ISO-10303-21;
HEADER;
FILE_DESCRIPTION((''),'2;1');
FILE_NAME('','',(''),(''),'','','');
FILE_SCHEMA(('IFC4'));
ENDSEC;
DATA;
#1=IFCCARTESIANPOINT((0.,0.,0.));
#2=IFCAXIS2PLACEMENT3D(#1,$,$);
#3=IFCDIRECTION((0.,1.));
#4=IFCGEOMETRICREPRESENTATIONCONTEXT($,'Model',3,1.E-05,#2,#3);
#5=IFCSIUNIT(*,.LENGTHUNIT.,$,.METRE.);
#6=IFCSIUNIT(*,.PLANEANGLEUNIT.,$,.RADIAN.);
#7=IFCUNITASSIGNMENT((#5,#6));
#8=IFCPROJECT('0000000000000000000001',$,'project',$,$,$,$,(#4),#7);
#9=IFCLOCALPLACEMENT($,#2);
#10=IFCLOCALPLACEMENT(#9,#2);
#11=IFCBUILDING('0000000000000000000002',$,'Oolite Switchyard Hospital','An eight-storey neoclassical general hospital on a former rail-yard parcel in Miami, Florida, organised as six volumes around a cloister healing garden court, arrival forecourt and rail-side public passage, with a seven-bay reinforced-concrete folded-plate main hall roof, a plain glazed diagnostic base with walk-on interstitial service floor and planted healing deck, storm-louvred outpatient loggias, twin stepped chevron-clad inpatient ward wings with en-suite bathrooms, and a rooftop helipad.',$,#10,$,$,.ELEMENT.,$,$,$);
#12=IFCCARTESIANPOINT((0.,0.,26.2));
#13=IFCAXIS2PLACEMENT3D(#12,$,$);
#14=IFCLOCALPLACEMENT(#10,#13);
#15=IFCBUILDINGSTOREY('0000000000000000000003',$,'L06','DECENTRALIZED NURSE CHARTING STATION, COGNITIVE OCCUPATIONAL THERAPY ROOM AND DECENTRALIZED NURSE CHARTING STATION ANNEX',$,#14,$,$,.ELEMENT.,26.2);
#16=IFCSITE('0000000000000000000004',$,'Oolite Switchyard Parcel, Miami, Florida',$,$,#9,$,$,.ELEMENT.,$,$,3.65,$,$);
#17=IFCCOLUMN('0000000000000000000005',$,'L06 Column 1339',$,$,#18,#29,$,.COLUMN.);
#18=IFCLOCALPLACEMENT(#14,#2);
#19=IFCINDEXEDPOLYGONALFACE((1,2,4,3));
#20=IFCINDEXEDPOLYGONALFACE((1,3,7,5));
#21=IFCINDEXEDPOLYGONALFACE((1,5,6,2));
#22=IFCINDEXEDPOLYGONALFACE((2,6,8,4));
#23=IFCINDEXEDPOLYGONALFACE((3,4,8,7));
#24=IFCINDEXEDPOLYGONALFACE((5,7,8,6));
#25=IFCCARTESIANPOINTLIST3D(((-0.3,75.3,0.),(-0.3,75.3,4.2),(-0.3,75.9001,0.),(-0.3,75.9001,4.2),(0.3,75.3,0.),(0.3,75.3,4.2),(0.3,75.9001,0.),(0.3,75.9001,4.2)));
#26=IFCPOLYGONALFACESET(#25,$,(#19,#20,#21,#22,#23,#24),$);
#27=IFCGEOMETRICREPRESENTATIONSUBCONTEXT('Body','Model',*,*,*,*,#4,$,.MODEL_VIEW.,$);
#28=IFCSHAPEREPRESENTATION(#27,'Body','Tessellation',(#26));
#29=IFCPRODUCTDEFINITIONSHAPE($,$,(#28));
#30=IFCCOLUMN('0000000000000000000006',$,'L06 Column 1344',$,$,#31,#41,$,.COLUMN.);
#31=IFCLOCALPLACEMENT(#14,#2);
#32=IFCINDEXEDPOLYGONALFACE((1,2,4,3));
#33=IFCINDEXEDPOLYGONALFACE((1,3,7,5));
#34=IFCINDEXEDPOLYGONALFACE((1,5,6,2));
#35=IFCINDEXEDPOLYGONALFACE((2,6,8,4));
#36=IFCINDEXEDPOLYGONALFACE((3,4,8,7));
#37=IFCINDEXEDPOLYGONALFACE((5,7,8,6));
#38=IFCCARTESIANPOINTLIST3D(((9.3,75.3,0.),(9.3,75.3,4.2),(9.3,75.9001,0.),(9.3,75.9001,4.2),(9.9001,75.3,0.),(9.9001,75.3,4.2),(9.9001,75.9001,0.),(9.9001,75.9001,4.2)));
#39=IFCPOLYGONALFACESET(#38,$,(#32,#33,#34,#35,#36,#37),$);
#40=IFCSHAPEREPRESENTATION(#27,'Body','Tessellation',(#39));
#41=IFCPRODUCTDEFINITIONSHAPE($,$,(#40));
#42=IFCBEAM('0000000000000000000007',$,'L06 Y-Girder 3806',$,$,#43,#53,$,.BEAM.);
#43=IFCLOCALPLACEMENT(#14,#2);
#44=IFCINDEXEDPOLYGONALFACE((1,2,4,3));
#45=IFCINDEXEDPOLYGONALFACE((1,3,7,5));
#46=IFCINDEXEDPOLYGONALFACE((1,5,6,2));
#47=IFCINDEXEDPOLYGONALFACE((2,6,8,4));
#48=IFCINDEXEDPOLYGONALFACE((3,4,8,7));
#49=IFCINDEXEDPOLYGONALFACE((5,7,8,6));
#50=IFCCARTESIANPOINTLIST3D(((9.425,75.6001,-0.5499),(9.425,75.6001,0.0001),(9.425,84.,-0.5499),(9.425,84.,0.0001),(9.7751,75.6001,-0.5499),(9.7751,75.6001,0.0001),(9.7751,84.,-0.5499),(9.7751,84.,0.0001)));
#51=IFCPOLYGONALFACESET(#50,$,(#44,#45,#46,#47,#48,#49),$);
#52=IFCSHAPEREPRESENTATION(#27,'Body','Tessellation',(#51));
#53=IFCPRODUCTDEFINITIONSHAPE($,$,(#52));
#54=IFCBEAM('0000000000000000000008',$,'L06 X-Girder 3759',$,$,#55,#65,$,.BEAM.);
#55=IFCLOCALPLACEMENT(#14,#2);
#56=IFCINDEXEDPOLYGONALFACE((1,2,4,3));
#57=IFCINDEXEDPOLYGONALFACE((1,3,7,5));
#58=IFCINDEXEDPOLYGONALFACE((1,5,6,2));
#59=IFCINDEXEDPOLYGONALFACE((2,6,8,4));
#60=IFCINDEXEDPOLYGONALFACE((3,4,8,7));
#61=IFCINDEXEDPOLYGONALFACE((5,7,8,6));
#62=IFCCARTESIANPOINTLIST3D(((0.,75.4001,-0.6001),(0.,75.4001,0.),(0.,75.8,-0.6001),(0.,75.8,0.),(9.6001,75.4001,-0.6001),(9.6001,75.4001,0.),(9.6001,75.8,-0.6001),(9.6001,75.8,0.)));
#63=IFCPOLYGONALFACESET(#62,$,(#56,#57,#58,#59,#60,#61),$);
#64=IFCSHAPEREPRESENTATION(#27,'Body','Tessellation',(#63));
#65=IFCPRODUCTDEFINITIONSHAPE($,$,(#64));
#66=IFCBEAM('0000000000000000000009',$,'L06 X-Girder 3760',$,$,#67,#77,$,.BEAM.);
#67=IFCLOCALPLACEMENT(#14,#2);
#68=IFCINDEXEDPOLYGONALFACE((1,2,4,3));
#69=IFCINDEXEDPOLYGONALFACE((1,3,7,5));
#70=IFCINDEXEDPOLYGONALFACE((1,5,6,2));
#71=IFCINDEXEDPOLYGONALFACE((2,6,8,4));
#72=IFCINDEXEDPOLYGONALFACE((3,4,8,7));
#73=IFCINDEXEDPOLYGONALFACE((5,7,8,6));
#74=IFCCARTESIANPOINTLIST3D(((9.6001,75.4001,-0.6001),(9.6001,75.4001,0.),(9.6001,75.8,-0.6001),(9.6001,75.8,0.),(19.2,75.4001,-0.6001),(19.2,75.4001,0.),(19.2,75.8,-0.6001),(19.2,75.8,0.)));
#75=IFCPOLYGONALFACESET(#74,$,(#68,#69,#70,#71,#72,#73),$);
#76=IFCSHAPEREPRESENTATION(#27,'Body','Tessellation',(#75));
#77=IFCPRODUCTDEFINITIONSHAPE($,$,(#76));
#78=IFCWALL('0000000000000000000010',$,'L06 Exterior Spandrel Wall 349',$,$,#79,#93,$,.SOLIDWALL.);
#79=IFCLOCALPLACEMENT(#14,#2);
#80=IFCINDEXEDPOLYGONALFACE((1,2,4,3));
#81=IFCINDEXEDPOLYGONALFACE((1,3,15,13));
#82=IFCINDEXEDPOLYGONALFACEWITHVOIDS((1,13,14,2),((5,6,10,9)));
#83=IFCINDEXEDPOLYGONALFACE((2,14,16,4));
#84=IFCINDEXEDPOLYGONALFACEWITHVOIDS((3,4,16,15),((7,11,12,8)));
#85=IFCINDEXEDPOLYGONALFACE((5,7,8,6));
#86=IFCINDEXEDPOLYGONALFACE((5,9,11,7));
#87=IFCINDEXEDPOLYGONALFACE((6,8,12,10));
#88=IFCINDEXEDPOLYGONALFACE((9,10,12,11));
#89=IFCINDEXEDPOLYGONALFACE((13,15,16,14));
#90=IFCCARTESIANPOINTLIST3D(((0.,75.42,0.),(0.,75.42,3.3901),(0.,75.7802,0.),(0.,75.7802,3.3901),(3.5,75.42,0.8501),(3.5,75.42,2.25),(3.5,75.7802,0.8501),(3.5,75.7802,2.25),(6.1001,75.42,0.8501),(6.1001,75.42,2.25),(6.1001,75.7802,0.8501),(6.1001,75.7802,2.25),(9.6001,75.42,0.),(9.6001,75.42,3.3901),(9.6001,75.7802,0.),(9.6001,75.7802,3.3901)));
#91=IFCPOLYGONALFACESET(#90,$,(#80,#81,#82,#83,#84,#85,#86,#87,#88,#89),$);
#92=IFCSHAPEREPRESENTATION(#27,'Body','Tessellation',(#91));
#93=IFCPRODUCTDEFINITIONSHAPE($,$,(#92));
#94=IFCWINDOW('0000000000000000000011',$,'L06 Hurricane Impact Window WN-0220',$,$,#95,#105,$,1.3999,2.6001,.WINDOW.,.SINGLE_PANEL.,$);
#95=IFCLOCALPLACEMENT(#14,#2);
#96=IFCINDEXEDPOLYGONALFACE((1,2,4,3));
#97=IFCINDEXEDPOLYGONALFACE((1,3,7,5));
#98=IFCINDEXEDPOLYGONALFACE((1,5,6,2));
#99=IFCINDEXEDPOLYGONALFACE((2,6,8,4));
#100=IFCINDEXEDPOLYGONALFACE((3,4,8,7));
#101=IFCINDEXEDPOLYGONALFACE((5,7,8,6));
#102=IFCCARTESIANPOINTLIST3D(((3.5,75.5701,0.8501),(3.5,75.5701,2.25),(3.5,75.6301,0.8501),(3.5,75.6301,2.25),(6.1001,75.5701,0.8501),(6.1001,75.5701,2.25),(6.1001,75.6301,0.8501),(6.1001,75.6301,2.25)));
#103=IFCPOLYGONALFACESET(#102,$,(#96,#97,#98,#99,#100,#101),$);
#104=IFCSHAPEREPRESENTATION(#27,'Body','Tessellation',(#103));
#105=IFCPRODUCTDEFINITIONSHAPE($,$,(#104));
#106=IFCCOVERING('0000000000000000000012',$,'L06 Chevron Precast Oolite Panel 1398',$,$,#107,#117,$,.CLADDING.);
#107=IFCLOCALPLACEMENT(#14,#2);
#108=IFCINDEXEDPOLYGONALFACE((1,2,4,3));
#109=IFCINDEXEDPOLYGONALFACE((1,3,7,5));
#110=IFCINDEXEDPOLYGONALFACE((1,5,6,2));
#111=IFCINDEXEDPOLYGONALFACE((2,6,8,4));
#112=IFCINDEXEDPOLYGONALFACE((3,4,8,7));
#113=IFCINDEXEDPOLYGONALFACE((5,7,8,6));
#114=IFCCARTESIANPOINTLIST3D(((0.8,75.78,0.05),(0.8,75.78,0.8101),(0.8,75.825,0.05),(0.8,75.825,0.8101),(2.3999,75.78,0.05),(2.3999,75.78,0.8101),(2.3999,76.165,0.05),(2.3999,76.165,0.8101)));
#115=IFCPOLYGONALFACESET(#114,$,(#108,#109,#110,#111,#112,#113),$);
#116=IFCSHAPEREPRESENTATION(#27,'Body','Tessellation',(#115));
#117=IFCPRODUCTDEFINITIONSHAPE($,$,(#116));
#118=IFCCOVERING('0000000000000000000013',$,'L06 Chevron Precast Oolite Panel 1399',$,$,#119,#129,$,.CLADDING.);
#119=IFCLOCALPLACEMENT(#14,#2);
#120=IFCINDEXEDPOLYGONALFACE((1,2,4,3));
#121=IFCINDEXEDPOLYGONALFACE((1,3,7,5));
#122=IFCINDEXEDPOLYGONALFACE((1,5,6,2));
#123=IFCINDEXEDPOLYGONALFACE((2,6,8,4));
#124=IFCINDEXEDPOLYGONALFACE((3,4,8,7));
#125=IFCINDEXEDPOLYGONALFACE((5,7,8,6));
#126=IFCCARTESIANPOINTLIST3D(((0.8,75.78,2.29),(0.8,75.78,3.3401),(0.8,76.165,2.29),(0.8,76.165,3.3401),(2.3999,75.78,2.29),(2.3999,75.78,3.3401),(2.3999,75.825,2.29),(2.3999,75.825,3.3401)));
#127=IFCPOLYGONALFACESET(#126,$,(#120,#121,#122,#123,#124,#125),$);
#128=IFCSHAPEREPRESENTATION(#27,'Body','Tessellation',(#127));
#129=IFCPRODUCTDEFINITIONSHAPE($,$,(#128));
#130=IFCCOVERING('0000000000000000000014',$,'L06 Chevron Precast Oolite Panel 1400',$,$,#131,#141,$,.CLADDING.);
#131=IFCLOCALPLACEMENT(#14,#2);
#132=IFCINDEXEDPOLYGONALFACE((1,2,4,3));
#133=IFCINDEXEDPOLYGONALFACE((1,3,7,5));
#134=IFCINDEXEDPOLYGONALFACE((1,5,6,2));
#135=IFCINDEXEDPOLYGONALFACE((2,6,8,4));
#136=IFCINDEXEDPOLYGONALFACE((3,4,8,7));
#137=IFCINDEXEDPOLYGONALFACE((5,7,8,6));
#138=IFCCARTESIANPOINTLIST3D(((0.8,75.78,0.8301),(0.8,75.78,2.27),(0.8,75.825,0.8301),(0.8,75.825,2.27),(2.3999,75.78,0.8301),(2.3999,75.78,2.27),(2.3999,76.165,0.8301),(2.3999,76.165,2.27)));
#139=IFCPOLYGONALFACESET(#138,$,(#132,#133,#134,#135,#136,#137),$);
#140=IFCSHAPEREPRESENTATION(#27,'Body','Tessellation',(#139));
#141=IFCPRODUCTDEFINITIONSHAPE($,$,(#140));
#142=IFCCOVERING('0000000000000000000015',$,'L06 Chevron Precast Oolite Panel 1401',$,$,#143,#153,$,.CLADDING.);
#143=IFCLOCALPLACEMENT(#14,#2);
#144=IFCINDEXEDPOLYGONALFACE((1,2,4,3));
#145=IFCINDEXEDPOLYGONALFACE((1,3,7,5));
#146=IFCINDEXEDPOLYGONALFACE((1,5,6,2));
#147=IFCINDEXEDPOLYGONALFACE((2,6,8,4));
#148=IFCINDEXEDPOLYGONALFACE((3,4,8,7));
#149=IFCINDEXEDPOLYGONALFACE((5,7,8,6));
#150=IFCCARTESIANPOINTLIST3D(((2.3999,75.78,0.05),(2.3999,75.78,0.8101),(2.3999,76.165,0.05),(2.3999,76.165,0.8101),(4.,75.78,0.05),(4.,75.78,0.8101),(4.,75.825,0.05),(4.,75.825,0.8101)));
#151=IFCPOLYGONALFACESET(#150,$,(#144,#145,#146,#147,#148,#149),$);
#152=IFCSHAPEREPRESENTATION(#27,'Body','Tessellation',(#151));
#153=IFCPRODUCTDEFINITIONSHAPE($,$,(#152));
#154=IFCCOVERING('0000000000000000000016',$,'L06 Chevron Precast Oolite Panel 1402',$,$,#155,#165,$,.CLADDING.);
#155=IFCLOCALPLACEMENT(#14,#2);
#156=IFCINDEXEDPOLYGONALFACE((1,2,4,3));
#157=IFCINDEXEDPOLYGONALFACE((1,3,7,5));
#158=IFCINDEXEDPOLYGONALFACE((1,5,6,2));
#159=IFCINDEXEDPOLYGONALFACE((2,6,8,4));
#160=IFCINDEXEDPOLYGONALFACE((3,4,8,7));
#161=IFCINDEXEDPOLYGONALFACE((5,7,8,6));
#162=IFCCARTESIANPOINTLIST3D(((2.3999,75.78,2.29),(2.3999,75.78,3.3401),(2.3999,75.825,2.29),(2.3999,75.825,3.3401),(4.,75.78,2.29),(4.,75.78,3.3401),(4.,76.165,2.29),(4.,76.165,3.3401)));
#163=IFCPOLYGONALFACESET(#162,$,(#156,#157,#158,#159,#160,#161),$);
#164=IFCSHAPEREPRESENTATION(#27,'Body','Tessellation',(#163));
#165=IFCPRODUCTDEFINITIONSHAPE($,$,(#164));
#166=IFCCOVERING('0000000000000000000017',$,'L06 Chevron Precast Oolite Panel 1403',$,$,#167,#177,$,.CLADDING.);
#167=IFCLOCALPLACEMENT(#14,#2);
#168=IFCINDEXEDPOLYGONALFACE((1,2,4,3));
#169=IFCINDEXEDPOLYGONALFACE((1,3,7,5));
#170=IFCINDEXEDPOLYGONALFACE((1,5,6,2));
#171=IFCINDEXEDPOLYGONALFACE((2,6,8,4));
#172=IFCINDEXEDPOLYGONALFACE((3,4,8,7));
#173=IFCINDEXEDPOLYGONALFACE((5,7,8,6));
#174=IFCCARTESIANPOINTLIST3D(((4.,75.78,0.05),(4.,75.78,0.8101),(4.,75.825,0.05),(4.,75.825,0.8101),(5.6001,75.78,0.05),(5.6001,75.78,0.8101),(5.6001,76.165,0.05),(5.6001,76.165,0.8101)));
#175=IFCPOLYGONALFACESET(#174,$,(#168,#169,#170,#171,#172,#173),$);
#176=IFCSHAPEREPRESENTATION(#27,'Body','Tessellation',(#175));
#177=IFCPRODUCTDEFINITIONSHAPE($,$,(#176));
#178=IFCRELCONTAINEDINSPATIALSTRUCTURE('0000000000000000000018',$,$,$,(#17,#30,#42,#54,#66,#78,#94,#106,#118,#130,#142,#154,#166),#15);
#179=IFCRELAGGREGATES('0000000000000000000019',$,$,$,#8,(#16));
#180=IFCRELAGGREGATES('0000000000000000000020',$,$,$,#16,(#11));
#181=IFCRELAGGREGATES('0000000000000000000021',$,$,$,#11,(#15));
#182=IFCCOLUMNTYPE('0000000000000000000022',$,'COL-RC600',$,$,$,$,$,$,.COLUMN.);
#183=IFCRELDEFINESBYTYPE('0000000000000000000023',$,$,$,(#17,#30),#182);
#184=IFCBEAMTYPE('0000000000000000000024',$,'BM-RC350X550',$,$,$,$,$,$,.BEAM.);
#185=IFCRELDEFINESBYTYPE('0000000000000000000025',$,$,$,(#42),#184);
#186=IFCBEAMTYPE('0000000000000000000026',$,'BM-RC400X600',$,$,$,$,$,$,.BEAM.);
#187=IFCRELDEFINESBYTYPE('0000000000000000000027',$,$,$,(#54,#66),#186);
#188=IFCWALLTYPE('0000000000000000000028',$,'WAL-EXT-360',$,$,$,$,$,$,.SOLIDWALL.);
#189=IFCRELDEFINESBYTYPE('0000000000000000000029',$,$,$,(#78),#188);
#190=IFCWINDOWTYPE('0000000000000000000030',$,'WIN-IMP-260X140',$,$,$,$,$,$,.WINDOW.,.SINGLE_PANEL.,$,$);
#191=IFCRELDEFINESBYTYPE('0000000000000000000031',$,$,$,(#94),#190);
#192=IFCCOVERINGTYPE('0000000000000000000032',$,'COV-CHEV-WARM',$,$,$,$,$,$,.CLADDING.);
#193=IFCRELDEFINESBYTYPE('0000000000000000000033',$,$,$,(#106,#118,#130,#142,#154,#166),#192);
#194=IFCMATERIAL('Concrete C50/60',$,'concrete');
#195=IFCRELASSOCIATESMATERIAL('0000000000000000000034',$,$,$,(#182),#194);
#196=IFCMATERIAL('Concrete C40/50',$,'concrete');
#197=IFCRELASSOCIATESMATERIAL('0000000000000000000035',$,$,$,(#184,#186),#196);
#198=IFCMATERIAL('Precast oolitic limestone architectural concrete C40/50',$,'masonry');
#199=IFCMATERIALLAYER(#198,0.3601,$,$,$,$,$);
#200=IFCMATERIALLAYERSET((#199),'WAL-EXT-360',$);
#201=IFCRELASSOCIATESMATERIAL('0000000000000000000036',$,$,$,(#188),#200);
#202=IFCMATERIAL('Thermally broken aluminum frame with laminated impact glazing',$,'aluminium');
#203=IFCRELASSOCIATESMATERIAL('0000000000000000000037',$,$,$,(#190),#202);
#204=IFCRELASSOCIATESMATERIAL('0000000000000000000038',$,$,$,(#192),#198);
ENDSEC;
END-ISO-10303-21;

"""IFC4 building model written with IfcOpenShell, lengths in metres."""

from ifc_helpers import new_model, si_unit, direction, frame, frame_2d, origin, origin_2d, place, context, subcontext, project, spatial, polyline, rectangle, outline, extrude, material, layer, layer_set, material_profile, profile_set, type_object, element, fill, save


model = new_model("IFC4")

# Units and contexts
model_context = context("Model", 3, precision=1e-05, world=origin(), true_north=direction((0.0, 1.0)))
body_context = subcontext(model_context, "Body", "Model", "MODEL_VIEW")
ifc_project = project(units=[si_unit("LENGTHUNIT", "METRE"), si_unit("PLANEANGLEUNIT", "RADIAN")], contexts=[model_context])

# Site, building, storey
site_placement = place(None, origin())
site = spatial("IfcSite", under=ifc_project, at=site_placement, Name="Oolite Switchyard Parcel, Miami, Florida", CompositionType="ELEMENT", RefElevation=3.65)
building_placement = place(site_placement, origin())
building = spatial("IfcBuilding", under=site, at=building_placement, Name="Oolite Switchyard Hospital", Description="An eight-storey neoclassical general hospital on a former rail-yard parcel in Miami, Florida, organised as six volumes around a cloister healing garden court, arrival forecourt and rail-side public passage, with a seven-bay reinforced-concrete folded-plate main hall roof, a plain glazed diagnostic base with walk-on interstitial service floor and planted healing deck, storm-louvred outpatient loggias, twin stepped chevron-clad inpatient ward wings with en-suite bathrooms, and a rooftop helipad.", CompositionType="ELEMENT")
storey_placement = place(building_placement, frame((0.0, 0.0, 26.2)))
storey = spatial("IfcBuildingStorey", under=building, at=storey_placement, Name="L06", Description="DECENTRALIZED NURSE CHARTING STATION, COGNITIVE OCCUPATIONAL THERAPY ROOM AND DECENTRALIZED NURSE CHARTING STATION ANNEX", CompositionType="ELEMENT", Elevation=26.2)

# Columns
ifc_material_1 = material(Name="Concrete C50/60", Category="concrete")
ifc_material_profile_1 = material_profile(ifc_material_1, rectangle(XDim=0.6001, YDim=0.6001, at=origin_2d()), Name="RC600X600")
ifc_profile_set_1 = profile_set([ifc_material_profile_1], Name="Concrete C50/60")
column_type = type_object("IfcColumnType", Name="COL-RC600", PredefinedType="COLUMN", material=ifc_profile_set_1)
for number, where, z_axis, x_axis, name in (
    (1, (0.0, 75.6001, 0.0), (0.0, 0.0, 1.0), (1.0, 0.0, 0.0), "L06 Column 1339"),
    (2, (9.6001, 75.6001, 0.0), (0.0, 0.0, 1.0), (1.0, 0.0, 0.0), "L06 Column 1344"),
):
    element("IfcColumn", number, at=place(storey_placement, frame(where, z_axis=z_axis, x_axis=x_axis)), inside=storey, type_object=column_type, Name=name, PredefinedType="COLUMN", context=body_context, shape_type="SweptSolid", body=[
        extrude(rectangle(XDim=0.6001, YDim=0.6001, at=origin_2d()), origin(), (0.0, 0.0, 1.0), 4.2),
    ])

# Beams
ifc_material_2 = material(Name="Concrete C40/50", Category="concrete")
ifc_material_profile_2 = material_profile(ifc_material_2, rectangle(XDim=0.3501, YDim=0.55, at=origin_2d()), Name="RCB350X550")
ifc_profile_set_2 = profile_set([ifc_material_profile_2], Name="Concrete C40/50")
beam_type_1 = type_object("IfcBeamType", Name="BM-RC350X550", PredefinedType="BEAM", material=ifc_profile_set_2)
beam_1_placement = place(storey_placement, frame((9.6001, 75.6001, -0.2749), z_axis=(0.0, 1.0, 0.0), x_axis=(-1.0, 0.0, 0.0)))
element("IfcBeam", 3, at=beam_1_placement, inside=storey, type_object=beam_type_1, Name="L06 Y-Girder 3806", PredefinedType="BEAM", context=body_context, shape_type="SweptSolid", body=[
    extrude(rectangle(XDim=0.3501, YDim=0.55, at=origin_2d()), origin(), (0.0, 0.0, 1.0), 8.3999),
])
ifc_material_profile_3 = material_profile(ifc_material_2, rectangle(XDim=0.3999, YDim=0.6001, at=origin_2d()), Name="RCB400X600")
ifc_profile_set_3 = profile_set([ifc_material_profile_3], Name="Concrete C40/50")
beam_type_2 = type_object("IfcBeamType", Name="BM-RC400X600", PredefinedType="BEAM", material=ifc_profile_set_3)
beam_2_placement = place(storey_placement, frame((0.0, 75.6001, -0.3), z_axis=(1.0, 0.0, 0.0), x_axis=(0.0, 1.0, 0.0)))
element("IfcBeam", 4, at=beam_2_placement, inside=storey, type_object=beam_type_2, Name="L06 X-Girder 3759", PredefinedType="BEAM", context=body_context, shape_type="SweptSolid", body=[
    extrude(rectangle(XDim=0.3999, YDim=0.6001, at=origin_2d()), origin(), (0.0, 0.0, 1.0), 9.6001),
])
beam_3_placement = place(storey_placement, frame((9.6001, 75.6001, -0.3), z_axis=(1.0, 0.0, 0.0), x_axis=(0.0, 1.0, 0.0)))
element("IfcBeam", 5, at=beam_3_placement, inside=storey, type_object=beam_type_2, Name="L06 X-Girder 3760", PredefinedType="BEAM", context=body_context, shape_type="SweptSolid", body=[
    extrude(rectangle(XDim=0.3999, YDim=0.6001, at=origin_2d()), origin(), (0.0, 0.0, 1.0), 9.5999),
])

# Wall, opening, window
ifc_material_3 = material(Name="Precast oolitic limestone architectural concrete C40/50", Category="masonry")
ifc_layer = layer(ifc_material_3, 0.3601)
ifc_layer_set = layer_set([ifc_layer], Name="WAL-EXT-360")
wall_type = type_object("IfcWallType", Name="WAL-EXT-360", PredefinedType="SOLIDWALL", material=ifc_layer_set)
wall_placement = place(storey_placement, frame((0.0, 75.6001, 0.0), z_axis=(0.0, 0.0, 1.0), x_axis=(1.0, 0.0, 0.0)))
wall = element("IfcWall", 6, at=wall_placement, inside=storey, type_object=wall_type, Name="L06 Exterior Spandrel Wall 349", PredefinedType="SOLIDWALL", context=body_context, shape_type="SweptSolid", body=[
    extrude(rectangle(XDim=9.6001, YDim=0.3601, at=frame_2d((4.8, 0.0))), origin(), (0.0, 0.0, 1.0), 3.3901),
])
opening_placement = place(wall_placement, frame((3.5, 0.0, 0.8501)))
opening = element("IfcOpeningElement", 7, at=opening_placement, cuts=wall, PredefinedType="OPENING", context=body_context, shape_type="SweptSolid", body=[
    extrude(rectangle(XDim=2.6001, YDim=1.3999, at=frame_2d((1.3, 0.7))), frame((0.0, 0.1899, 0.0), z_axis=(0.0, -1.0, 0.0), x_axis=(1.0, 0.0, 0.0)), (0.0, 0.0, 1.0), 0.3801),
])
ifc_material_4 = material(Name="Thermally broken aluminum frame with laminated impact glazing", Category="aluminium")
window_type = type_object("IfcWindowType", Name="WIN-IMP-260X140", PartitioningType="SINGLE_PANEL", PredefinedType="WINDOW", material=ifc_material_4)
window_placement = place(opening_placement, origin())
window = element("IfcWindow", 8, at=window_placement, inside=storey, type_object=window_type, Name="L06 Hurricane Impact Window WN-0220", OverallHeight=1.3999, OverallWidth=2.6001, PartitioningType="SINGLE_PANEL", PredefinedType="WINDOW", context=body_context, shape_type="SweptSolid", body=[
    extrude(rectangle(XDim=2.6001, YDim=1.3999, at=frame_2d((1.3, 0.7))), frame((0.0, 0.03, 0.0), z_axis=(0.0, -1.0, 0.0), x_axis=(1.0, 0.0, 0.0)), (0.0, 0.0, 1.0), 0.0601),
])
fill(opening, window)

# Coverings
covering_type = type_object("IfcCoveringType", Name="COV-CHEV-WARM", PredefinedType="CLADDING", material=ifc_material_3)
covering_1_placement = place(storey_placement, frame((0.8, 75.78, 0.05), z_axis=(0.0, 0.0, 1.0), x_axis=(1.0, 0.0, 0.0)))
element("IfcCovering", 9, at=covering_1_placement, inside=storey, type_object=covering_type, Name="L06 Chevron Precast Oolite Panel 1398", PredefinedType="CLADDING", context=body_context, shape_type="SweptSolid", body=[
    extrude(outline(polyline([(0.0, 0.0), (1.5999, 0.0), (1.5999, 0.385), (0.0, 0.0449), (0.0, 0.0)])), origin(), (0.0, 0.0, 1.0), 0.76),
])
covering_2_placement = place(storey_placement, frame((0.8, 75.78, 2.29), z_axis=(0.0, 0.0, 1.0), x_axis=(1.0, 0.0, 0.0)))
element("IfcCovering", 10, at=covering_2_placement, inside=storey, type_object=covering_type, Name="L06 Chevron Precast Oolite Panel 1399", PredefinedType="CLADDING", context=body_context, shape_type="SweptSolid", body=[
    extrude(outline(polyline([(0.0, 0.0), (1.5999, 0.0), (1.5999, 0.0449), (0.0, 0.385), (0.0, 0.0)])), origin(), (0.0, 0.0, 1.0), 1.05),
])
covering_3_placement = place(storey_placement, frame((0.8, 75.78, 0.8301), z_axis=(0.0, 0.0, 1.0), x_axis=(1.0, 0.0, 0.0)))
element("IfcCovering", 11, at=covering_3_placement, inside=storey, type_object=covering_type, Name="L06 Chevron Precast Oolite Panel 1400", PredefinedType="CLADDING", context=body_context, shape_type="SweptSolid", body=[
    extrude(outline(polyline([(0.0, 0.0), (1.5999, 0.0), (1.5999, 0.385), (0.0, 0.0449), (0.0, 0.0)])), origin(), (0.0, 0.0, 1.0), 1.4399),
])
covering_4_placement = place(storey_placement, frame((2.3999, 75.78, 0.05), z_axis=(0.0, 0.0, 1.0), x_axis=(1.0, 0.0, 0.0)))
element("IfcCovering", 12, at=covering_4_placement, inside=storey, type_object=covering_type, Name="L06 Chevron Precast Oolite Panel 1401", PredefinedType="CLADDING", context=body_context, shape_type="SweptSolid", body=[
    extrude(outline(polyline([(0.0, 0.0), (1.6001, 0.0), (1.6001, 0.0449), (0.0, 0.385), (0.0, 0.0)])), origin(), (0.0, 0.0, 1.0), 0.76),
])
covering_5_placement = place(storey_placement, frame((2.3999, 75.78, 2.29), z_axis=(0.0, 0.0, 1.0), x_axis=(1.0, 0.0, 0.0)))
element("IfcCovering", 13, at=covering_5_placement, inside=storey, type_object=covering_type, Name="L06 Chevron Precast Oolite Panel 1402", PredefinedType="CLADDING", context=body_context, shape_type="SweptSolid", body=[
    extrude(outline(polyline([(0.0, 0.0), (1.6001, 0.0), (1.6001, 0.385), (0.0, 0.0449), (0.0, 0.0)])), origin(), (0.0, 0.0, 1.0), 1.05),
])
covering_6_placement = place(storey_placement, frame((4.0, 75.78, 0.05), z_axis=(0.0, 0.0, 1.0), x_axis=(1.0, 0.0, 0.0)))
element("IfcCovering", 14, at=covering_6_placement, inside=storey, type_object=covering_type, Name="L06 Chevron Precast Oolite Panel 1403", PredefinedType="CLADDING", context=body_context, shape_type="SweptSolid", body=[
    extrude(outline(polyline([(0.0, 0.0), (1.6001, 0.0), (1.6001, 0.385), (0.0, 0.0449), (0.0, 0.0)])), origin(), (0.0, 0.0, 1.0), 0.76),
])

save(model, "model.ifc")
